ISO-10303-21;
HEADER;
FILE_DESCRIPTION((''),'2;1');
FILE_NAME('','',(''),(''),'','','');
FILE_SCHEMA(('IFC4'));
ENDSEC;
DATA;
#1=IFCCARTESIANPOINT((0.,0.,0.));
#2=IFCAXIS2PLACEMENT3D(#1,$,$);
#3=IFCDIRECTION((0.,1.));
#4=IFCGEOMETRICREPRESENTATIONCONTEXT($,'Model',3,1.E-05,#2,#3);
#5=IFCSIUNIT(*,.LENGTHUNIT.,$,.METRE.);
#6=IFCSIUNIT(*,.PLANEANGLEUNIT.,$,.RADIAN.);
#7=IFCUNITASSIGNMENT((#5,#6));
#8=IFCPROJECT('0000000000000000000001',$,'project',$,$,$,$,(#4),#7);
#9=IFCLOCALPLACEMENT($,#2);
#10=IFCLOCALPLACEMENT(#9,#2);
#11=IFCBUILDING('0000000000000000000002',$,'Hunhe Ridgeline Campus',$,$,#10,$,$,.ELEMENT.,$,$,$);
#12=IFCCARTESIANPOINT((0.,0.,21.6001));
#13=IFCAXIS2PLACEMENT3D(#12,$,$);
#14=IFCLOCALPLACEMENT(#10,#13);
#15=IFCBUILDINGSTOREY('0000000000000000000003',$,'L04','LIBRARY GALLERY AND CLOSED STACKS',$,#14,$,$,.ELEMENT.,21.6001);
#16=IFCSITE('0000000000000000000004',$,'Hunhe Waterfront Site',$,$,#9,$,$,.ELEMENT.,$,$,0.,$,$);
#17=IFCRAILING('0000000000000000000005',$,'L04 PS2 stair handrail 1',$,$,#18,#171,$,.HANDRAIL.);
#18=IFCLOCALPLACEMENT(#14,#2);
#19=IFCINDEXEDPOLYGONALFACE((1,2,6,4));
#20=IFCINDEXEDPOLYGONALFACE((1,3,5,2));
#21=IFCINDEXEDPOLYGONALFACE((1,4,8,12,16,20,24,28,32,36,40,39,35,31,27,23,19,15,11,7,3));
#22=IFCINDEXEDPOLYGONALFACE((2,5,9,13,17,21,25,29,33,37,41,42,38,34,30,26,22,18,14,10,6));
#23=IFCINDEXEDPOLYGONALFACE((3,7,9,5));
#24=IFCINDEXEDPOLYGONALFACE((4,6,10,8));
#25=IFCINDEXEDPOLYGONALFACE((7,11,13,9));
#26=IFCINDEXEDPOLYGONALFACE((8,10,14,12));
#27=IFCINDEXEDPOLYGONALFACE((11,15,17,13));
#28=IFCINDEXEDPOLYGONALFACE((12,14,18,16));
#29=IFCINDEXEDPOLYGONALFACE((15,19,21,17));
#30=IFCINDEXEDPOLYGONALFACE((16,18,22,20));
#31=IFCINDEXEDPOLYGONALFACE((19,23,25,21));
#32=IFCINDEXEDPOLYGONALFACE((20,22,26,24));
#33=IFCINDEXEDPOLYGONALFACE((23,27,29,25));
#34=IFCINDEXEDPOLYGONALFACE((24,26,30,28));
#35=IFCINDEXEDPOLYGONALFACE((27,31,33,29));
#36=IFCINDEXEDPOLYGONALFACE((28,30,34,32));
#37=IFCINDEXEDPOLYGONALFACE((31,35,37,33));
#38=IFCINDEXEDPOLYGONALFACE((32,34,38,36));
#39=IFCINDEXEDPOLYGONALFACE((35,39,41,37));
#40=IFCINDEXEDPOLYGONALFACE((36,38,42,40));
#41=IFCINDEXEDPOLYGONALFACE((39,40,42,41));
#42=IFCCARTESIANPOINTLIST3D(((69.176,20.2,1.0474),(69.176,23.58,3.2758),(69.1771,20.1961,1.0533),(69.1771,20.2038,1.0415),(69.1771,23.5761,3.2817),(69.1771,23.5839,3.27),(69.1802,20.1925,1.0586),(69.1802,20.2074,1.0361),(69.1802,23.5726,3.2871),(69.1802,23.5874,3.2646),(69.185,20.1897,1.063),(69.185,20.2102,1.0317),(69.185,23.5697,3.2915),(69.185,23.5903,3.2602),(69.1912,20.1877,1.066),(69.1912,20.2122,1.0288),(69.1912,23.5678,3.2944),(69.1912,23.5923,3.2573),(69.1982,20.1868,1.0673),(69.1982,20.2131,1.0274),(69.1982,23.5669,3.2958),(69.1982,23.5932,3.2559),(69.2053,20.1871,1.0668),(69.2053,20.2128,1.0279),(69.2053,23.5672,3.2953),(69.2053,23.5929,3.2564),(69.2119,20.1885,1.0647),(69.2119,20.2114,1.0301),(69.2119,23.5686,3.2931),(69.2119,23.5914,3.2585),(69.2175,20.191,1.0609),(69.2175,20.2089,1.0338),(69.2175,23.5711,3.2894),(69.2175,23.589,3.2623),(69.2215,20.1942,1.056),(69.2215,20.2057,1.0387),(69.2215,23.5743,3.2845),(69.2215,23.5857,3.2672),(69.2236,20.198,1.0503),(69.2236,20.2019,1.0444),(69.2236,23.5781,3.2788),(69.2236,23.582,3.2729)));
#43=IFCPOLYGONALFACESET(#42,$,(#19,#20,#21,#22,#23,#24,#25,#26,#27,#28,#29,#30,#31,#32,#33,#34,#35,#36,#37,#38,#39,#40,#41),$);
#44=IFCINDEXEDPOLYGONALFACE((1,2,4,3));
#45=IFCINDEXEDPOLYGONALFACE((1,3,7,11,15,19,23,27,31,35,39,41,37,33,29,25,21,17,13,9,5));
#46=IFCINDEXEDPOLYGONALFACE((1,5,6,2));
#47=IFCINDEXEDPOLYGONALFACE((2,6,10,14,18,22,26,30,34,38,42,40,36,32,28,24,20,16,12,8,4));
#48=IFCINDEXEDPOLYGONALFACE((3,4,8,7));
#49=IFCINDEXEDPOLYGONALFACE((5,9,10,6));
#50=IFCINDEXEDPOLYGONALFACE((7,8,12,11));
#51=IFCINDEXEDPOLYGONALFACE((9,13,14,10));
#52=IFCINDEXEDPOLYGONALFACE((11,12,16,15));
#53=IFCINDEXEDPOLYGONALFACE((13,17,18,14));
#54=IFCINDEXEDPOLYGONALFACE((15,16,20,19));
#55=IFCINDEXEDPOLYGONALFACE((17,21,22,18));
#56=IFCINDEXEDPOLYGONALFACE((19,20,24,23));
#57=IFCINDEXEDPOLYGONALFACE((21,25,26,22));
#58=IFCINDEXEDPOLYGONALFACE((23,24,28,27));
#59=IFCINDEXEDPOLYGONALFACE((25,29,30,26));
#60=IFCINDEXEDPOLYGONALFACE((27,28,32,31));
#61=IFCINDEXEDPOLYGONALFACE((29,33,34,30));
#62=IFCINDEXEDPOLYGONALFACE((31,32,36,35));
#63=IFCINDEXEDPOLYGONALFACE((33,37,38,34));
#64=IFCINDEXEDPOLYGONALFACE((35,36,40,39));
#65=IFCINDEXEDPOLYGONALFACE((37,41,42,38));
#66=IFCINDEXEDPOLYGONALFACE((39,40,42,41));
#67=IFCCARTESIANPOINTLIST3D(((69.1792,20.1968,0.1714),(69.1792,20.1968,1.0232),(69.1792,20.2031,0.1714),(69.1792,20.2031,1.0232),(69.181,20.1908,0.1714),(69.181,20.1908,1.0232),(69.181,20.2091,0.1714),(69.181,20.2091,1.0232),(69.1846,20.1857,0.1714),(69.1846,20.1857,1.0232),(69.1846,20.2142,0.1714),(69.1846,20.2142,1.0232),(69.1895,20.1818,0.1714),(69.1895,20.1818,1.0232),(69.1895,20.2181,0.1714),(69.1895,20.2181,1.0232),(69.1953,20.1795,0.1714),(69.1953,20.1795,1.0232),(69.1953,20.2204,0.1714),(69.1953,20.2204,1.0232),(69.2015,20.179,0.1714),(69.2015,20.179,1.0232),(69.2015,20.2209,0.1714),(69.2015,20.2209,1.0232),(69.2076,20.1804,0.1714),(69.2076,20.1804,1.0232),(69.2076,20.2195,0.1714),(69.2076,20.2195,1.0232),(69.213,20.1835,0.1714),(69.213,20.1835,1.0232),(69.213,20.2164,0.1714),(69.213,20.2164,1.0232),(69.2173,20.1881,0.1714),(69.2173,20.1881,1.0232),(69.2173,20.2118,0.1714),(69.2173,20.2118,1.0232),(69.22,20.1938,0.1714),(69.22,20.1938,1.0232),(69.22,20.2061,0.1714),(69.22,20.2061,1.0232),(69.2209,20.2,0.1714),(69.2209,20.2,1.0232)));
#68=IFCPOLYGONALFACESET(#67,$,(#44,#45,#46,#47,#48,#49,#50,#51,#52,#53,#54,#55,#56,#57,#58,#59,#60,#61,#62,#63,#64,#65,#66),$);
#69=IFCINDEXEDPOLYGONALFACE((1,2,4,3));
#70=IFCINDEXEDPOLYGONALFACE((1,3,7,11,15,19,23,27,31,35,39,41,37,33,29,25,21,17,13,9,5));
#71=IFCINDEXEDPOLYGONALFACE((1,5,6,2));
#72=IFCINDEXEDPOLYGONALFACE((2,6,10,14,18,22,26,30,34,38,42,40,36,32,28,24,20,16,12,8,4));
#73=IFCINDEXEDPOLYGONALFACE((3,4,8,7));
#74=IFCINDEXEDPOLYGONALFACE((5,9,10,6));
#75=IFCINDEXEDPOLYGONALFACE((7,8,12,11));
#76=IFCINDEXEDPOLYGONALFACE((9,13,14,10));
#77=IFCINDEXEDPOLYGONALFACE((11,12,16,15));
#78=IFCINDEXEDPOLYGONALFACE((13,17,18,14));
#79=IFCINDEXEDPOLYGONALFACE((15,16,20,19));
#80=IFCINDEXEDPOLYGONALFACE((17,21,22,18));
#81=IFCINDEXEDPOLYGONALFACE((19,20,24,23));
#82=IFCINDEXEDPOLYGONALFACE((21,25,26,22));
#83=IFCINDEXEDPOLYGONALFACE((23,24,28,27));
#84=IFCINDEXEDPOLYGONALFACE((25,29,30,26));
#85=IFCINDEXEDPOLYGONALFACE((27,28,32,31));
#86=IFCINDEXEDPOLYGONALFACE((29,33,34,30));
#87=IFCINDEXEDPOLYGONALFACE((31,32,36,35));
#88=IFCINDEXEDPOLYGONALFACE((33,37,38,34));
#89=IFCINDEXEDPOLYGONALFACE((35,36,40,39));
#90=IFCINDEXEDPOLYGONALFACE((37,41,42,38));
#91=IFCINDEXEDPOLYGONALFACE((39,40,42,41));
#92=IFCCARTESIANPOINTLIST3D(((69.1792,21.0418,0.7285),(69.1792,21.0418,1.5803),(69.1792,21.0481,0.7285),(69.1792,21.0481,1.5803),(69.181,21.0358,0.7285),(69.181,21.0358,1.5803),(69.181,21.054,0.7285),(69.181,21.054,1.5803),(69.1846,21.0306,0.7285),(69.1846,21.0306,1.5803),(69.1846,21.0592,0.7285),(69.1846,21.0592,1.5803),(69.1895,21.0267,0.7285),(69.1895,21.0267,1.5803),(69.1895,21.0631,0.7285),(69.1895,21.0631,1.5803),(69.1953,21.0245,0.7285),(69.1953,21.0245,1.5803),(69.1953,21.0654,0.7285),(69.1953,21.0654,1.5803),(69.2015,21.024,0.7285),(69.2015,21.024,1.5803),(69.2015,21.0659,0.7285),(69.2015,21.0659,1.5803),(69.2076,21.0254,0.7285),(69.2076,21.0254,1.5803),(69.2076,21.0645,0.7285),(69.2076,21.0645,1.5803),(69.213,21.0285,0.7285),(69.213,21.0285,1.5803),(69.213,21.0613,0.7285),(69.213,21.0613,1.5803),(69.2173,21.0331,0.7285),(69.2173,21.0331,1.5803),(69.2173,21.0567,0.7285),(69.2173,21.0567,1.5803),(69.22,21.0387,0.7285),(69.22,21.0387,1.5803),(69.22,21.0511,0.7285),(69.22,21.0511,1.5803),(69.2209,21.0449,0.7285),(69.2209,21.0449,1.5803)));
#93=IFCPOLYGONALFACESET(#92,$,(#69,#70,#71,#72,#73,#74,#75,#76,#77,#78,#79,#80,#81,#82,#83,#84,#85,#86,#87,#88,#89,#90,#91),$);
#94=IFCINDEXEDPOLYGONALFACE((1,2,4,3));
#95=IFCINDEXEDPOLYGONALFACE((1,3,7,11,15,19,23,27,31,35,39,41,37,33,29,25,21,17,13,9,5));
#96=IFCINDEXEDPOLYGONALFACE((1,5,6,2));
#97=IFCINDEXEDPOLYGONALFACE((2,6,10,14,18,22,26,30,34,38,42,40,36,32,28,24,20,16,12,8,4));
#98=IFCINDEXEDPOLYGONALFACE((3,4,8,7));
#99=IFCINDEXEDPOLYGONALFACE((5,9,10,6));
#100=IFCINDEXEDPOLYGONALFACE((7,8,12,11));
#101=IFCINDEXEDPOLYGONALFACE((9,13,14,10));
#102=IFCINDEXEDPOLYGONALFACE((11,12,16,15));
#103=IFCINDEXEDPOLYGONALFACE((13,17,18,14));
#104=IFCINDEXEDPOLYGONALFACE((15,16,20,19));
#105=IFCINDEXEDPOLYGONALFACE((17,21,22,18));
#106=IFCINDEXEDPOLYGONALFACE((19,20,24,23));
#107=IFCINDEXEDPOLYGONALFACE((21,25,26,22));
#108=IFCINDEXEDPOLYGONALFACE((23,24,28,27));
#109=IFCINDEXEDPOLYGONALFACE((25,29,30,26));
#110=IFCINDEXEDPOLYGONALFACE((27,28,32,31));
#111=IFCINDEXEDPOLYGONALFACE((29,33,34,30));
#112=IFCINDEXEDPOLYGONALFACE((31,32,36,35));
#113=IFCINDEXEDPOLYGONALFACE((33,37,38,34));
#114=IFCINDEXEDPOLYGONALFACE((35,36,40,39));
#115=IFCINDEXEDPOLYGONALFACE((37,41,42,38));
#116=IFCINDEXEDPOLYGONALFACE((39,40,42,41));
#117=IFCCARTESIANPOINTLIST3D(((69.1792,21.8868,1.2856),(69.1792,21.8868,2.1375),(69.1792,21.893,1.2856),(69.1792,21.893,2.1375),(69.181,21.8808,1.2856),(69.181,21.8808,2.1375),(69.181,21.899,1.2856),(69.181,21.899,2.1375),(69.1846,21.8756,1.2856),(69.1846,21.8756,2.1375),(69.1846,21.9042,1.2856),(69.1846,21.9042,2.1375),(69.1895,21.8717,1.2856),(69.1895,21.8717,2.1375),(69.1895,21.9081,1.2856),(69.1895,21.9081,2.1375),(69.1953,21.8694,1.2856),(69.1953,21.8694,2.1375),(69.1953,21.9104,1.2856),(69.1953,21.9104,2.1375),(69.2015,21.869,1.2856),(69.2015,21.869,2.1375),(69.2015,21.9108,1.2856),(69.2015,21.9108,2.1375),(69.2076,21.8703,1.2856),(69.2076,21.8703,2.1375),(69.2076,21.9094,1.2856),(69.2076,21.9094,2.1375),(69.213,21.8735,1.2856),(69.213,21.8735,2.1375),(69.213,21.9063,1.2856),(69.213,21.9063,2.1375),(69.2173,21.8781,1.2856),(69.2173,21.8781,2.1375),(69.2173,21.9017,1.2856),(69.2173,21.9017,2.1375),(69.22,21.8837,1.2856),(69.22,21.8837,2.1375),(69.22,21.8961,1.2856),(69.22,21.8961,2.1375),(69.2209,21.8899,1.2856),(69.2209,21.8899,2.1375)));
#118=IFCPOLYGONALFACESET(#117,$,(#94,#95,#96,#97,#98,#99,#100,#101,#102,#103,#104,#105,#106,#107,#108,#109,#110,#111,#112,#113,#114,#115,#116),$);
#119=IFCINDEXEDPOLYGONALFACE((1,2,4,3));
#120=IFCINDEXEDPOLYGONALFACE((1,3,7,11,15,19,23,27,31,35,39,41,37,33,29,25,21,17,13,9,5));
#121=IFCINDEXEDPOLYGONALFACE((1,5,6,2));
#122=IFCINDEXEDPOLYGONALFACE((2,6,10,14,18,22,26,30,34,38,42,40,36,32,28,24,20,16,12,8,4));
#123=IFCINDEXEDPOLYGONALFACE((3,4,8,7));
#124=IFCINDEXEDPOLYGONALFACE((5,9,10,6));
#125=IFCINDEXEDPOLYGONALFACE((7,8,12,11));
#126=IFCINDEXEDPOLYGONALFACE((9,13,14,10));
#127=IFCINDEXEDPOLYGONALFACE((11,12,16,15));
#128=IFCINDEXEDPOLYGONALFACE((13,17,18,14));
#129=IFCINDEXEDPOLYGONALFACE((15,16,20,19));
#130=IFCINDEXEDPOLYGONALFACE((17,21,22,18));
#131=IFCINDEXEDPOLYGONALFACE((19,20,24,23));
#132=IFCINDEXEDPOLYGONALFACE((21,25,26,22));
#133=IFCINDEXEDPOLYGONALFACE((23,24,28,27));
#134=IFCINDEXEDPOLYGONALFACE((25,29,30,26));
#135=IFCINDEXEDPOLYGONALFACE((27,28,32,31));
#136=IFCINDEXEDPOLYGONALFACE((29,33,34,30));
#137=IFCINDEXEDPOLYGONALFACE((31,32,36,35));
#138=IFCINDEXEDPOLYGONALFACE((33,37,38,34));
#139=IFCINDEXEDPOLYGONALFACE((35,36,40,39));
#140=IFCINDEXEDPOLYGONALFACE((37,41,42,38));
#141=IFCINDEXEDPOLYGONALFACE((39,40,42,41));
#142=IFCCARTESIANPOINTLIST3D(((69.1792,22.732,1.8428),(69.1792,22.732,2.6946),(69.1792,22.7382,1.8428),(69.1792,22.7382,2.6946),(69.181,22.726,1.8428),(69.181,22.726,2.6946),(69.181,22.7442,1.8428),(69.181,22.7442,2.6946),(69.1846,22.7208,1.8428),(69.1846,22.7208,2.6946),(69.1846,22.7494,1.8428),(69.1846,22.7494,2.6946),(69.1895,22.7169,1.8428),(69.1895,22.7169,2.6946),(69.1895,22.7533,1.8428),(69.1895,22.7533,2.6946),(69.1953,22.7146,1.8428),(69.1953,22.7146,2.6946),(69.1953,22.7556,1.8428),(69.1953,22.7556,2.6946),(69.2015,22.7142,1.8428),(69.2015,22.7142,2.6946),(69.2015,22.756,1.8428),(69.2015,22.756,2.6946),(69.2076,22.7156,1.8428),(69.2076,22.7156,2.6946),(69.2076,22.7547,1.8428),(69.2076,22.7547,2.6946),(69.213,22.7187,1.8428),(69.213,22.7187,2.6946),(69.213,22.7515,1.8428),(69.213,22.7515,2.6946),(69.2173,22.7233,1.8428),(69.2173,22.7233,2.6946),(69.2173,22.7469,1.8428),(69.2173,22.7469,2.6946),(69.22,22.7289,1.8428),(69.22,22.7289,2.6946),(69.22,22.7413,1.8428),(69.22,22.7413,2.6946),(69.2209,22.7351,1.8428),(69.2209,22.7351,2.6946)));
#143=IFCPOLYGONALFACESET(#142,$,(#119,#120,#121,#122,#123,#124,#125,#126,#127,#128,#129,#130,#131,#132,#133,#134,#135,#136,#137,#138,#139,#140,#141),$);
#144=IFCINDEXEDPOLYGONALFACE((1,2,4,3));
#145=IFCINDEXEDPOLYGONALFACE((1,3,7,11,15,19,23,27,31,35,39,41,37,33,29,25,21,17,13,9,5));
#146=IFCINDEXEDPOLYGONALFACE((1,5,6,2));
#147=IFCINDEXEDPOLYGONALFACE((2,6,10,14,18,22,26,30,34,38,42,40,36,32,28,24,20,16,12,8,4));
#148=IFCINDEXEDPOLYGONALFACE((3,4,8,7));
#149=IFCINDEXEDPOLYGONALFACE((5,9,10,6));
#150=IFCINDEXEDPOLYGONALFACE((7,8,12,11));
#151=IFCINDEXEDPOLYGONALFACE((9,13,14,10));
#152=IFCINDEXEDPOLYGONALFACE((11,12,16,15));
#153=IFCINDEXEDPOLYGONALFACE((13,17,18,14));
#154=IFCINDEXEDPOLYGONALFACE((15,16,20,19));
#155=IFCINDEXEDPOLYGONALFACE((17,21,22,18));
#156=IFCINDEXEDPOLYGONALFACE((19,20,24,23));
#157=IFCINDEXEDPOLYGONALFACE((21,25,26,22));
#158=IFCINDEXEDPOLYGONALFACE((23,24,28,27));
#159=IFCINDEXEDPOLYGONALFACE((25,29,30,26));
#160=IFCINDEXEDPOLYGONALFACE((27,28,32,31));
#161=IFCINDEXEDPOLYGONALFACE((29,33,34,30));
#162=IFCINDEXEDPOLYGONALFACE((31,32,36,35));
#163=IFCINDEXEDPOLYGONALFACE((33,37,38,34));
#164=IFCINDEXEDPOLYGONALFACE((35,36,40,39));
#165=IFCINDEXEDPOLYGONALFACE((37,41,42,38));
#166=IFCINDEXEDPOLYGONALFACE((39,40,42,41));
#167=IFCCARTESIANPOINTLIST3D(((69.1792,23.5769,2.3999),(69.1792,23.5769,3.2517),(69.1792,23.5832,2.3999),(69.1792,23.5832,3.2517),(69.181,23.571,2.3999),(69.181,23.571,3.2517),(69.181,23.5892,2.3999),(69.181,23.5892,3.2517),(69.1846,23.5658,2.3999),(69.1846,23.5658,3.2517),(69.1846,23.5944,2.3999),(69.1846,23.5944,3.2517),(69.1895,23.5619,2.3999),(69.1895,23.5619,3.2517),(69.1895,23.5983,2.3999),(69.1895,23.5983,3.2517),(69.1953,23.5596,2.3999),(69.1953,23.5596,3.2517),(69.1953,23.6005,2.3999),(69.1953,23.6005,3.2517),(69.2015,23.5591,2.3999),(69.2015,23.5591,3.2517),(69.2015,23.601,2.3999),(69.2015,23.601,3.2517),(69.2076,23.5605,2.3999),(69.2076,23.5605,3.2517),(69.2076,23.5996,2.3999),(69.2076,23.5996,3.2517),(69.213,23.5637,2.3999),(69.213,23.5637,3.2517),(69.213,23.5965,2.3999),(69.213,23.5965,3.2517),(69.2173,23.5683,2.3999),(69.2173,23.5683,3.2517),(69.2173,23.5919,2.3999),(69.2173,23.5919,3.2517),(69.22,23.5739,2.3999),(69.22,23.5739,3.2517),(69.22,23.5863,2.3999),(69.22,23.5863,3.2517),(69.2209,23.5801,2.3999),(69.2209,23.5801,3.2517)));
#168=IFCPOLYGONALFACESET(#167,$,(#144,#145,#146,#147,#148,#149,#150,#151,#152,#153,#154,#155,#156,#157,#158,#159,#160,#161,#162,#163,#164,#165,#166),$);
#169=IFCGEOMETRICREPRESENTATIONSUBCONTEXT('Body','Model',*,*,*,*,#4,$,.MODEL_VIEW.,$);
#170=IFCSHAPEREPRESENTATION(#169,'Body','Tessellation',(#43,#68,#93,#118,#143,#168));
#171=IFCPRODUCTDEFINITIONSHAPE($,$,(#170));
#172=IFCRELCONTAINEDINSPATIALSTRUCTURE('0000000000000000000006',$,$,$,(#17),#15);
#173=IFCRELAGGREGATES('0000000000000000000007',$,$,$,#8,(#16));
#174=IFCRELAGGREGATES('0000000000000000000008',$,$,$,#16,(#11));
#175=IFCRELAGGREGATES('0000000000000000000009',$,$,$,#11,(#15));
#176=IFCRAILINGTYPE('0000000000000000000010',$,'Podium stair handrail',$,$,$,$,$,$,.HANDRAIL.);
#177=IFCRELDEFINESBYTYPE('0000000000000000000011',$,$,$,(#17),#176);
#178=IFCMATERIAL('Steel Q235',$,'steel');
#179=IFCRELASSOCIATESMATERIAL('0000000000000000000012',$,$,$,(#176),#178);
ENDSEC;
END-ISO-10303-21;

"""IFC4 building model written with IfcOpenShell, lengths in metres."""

from ifc_helpers import new_model, si_unit, direction, frame, origin, origin_2d, place, context, subcontext, project, spatial, circle, extrude, material, type_object, element, save


model = new_model("IFC4")

# Units and contexts
model_context = context("Model", 3, precision=1e-05, world=origin(), true_north=direction((0.0, 1.0)))
body_context = subcontext(model_context, "Body", "Model", "MODEL_VIEW")
ifc_project = project(units=[si_unit("LENGTHUNIT", "METRE"), si_unit("PLANEANGLEUNIT", "RADIAN")], contexts=[model_context])

# Site, building, storey
site_placement = place(None, origin())
site = spatial("IfcSite", under=ifc_project, at=site_placement, Name="Hunhe Waterfront Site", CompositionType="ELEMENT", RefElevation=0.0)
building_placement = place(site_placement, origin())
building = spatial("IfcBuilding", under=site, at=building_placement, Name="Hunhe Ridgeline Campus", CompositionType="ELEMENT")
storey_placement = place(building_placement, frame((0.0, 0.0, 21.6001)))
storey = spatial("IfcBuildingStorey", under=building, at=storey_placement, Name="L04", Description="LIBRARY GALLERY AND CLOSED STACKS", CompositionType="ELEMENT", Elevation=21.6001)

# Shared definitions
ifc_material_1 = material(Name="Steel Q235", Category="steel")

# Railing
railing_type_1 = type_object("IfcRailingType", Name="Podium stair handrail", PredefinedType="HANDRAIL", material=ifc_material_1)
railing_1_placement = place(storey_placement, frame((69.2, 20.2, 0.1714)))
element("IfcRailing", 1, at=railing_1_placement, inside=storey, type_object=railing_type_1, Name="L04 PS2 stair handrail 1", PredefinedType="HANDRAIL", context=body_context, shape_type="SweptSolid", body=[
    extrude(circle(Radius=0.0239, at=origin_2d()), frame((0.0, 0.0, 0.876), z_axis=(0.0, 0.834878, 0.550435), x_axis=(-1.0, 0.0, 0.0)), (0.0, 0.0, 1.0), 4.0486),
    extrude(circle(Radius=0.021, at=origin_2d()), origin(), (0.0, 0.0, 1.0), 0.8518),
    extrude(circle(Radius=0.021, at=origin_2d()), frame((0.0, 0.845, 0.5571)), (0.0, 0.0, 1.0), 0.8518),
    extrude(circle(Radius=0.021, at=origin_2d()), frame((0.0, 1.6899, 1.1143)), (0.0, 0.0, 1.0), 0.8518),
    extrude(circle(Radius=0.021, at=origin_2d()), frame((0.0, 2.5352, 1.6714)), (0.0, 0.0, 1.0), 0.8518),
    extrude(circle(Radius=0.021, at=origin_2d()), frame((0.0, 3.3801, 2.2285)), (0.0, 0.0, 1.0), 0.8518),
])

save(model, "model.ifc")
